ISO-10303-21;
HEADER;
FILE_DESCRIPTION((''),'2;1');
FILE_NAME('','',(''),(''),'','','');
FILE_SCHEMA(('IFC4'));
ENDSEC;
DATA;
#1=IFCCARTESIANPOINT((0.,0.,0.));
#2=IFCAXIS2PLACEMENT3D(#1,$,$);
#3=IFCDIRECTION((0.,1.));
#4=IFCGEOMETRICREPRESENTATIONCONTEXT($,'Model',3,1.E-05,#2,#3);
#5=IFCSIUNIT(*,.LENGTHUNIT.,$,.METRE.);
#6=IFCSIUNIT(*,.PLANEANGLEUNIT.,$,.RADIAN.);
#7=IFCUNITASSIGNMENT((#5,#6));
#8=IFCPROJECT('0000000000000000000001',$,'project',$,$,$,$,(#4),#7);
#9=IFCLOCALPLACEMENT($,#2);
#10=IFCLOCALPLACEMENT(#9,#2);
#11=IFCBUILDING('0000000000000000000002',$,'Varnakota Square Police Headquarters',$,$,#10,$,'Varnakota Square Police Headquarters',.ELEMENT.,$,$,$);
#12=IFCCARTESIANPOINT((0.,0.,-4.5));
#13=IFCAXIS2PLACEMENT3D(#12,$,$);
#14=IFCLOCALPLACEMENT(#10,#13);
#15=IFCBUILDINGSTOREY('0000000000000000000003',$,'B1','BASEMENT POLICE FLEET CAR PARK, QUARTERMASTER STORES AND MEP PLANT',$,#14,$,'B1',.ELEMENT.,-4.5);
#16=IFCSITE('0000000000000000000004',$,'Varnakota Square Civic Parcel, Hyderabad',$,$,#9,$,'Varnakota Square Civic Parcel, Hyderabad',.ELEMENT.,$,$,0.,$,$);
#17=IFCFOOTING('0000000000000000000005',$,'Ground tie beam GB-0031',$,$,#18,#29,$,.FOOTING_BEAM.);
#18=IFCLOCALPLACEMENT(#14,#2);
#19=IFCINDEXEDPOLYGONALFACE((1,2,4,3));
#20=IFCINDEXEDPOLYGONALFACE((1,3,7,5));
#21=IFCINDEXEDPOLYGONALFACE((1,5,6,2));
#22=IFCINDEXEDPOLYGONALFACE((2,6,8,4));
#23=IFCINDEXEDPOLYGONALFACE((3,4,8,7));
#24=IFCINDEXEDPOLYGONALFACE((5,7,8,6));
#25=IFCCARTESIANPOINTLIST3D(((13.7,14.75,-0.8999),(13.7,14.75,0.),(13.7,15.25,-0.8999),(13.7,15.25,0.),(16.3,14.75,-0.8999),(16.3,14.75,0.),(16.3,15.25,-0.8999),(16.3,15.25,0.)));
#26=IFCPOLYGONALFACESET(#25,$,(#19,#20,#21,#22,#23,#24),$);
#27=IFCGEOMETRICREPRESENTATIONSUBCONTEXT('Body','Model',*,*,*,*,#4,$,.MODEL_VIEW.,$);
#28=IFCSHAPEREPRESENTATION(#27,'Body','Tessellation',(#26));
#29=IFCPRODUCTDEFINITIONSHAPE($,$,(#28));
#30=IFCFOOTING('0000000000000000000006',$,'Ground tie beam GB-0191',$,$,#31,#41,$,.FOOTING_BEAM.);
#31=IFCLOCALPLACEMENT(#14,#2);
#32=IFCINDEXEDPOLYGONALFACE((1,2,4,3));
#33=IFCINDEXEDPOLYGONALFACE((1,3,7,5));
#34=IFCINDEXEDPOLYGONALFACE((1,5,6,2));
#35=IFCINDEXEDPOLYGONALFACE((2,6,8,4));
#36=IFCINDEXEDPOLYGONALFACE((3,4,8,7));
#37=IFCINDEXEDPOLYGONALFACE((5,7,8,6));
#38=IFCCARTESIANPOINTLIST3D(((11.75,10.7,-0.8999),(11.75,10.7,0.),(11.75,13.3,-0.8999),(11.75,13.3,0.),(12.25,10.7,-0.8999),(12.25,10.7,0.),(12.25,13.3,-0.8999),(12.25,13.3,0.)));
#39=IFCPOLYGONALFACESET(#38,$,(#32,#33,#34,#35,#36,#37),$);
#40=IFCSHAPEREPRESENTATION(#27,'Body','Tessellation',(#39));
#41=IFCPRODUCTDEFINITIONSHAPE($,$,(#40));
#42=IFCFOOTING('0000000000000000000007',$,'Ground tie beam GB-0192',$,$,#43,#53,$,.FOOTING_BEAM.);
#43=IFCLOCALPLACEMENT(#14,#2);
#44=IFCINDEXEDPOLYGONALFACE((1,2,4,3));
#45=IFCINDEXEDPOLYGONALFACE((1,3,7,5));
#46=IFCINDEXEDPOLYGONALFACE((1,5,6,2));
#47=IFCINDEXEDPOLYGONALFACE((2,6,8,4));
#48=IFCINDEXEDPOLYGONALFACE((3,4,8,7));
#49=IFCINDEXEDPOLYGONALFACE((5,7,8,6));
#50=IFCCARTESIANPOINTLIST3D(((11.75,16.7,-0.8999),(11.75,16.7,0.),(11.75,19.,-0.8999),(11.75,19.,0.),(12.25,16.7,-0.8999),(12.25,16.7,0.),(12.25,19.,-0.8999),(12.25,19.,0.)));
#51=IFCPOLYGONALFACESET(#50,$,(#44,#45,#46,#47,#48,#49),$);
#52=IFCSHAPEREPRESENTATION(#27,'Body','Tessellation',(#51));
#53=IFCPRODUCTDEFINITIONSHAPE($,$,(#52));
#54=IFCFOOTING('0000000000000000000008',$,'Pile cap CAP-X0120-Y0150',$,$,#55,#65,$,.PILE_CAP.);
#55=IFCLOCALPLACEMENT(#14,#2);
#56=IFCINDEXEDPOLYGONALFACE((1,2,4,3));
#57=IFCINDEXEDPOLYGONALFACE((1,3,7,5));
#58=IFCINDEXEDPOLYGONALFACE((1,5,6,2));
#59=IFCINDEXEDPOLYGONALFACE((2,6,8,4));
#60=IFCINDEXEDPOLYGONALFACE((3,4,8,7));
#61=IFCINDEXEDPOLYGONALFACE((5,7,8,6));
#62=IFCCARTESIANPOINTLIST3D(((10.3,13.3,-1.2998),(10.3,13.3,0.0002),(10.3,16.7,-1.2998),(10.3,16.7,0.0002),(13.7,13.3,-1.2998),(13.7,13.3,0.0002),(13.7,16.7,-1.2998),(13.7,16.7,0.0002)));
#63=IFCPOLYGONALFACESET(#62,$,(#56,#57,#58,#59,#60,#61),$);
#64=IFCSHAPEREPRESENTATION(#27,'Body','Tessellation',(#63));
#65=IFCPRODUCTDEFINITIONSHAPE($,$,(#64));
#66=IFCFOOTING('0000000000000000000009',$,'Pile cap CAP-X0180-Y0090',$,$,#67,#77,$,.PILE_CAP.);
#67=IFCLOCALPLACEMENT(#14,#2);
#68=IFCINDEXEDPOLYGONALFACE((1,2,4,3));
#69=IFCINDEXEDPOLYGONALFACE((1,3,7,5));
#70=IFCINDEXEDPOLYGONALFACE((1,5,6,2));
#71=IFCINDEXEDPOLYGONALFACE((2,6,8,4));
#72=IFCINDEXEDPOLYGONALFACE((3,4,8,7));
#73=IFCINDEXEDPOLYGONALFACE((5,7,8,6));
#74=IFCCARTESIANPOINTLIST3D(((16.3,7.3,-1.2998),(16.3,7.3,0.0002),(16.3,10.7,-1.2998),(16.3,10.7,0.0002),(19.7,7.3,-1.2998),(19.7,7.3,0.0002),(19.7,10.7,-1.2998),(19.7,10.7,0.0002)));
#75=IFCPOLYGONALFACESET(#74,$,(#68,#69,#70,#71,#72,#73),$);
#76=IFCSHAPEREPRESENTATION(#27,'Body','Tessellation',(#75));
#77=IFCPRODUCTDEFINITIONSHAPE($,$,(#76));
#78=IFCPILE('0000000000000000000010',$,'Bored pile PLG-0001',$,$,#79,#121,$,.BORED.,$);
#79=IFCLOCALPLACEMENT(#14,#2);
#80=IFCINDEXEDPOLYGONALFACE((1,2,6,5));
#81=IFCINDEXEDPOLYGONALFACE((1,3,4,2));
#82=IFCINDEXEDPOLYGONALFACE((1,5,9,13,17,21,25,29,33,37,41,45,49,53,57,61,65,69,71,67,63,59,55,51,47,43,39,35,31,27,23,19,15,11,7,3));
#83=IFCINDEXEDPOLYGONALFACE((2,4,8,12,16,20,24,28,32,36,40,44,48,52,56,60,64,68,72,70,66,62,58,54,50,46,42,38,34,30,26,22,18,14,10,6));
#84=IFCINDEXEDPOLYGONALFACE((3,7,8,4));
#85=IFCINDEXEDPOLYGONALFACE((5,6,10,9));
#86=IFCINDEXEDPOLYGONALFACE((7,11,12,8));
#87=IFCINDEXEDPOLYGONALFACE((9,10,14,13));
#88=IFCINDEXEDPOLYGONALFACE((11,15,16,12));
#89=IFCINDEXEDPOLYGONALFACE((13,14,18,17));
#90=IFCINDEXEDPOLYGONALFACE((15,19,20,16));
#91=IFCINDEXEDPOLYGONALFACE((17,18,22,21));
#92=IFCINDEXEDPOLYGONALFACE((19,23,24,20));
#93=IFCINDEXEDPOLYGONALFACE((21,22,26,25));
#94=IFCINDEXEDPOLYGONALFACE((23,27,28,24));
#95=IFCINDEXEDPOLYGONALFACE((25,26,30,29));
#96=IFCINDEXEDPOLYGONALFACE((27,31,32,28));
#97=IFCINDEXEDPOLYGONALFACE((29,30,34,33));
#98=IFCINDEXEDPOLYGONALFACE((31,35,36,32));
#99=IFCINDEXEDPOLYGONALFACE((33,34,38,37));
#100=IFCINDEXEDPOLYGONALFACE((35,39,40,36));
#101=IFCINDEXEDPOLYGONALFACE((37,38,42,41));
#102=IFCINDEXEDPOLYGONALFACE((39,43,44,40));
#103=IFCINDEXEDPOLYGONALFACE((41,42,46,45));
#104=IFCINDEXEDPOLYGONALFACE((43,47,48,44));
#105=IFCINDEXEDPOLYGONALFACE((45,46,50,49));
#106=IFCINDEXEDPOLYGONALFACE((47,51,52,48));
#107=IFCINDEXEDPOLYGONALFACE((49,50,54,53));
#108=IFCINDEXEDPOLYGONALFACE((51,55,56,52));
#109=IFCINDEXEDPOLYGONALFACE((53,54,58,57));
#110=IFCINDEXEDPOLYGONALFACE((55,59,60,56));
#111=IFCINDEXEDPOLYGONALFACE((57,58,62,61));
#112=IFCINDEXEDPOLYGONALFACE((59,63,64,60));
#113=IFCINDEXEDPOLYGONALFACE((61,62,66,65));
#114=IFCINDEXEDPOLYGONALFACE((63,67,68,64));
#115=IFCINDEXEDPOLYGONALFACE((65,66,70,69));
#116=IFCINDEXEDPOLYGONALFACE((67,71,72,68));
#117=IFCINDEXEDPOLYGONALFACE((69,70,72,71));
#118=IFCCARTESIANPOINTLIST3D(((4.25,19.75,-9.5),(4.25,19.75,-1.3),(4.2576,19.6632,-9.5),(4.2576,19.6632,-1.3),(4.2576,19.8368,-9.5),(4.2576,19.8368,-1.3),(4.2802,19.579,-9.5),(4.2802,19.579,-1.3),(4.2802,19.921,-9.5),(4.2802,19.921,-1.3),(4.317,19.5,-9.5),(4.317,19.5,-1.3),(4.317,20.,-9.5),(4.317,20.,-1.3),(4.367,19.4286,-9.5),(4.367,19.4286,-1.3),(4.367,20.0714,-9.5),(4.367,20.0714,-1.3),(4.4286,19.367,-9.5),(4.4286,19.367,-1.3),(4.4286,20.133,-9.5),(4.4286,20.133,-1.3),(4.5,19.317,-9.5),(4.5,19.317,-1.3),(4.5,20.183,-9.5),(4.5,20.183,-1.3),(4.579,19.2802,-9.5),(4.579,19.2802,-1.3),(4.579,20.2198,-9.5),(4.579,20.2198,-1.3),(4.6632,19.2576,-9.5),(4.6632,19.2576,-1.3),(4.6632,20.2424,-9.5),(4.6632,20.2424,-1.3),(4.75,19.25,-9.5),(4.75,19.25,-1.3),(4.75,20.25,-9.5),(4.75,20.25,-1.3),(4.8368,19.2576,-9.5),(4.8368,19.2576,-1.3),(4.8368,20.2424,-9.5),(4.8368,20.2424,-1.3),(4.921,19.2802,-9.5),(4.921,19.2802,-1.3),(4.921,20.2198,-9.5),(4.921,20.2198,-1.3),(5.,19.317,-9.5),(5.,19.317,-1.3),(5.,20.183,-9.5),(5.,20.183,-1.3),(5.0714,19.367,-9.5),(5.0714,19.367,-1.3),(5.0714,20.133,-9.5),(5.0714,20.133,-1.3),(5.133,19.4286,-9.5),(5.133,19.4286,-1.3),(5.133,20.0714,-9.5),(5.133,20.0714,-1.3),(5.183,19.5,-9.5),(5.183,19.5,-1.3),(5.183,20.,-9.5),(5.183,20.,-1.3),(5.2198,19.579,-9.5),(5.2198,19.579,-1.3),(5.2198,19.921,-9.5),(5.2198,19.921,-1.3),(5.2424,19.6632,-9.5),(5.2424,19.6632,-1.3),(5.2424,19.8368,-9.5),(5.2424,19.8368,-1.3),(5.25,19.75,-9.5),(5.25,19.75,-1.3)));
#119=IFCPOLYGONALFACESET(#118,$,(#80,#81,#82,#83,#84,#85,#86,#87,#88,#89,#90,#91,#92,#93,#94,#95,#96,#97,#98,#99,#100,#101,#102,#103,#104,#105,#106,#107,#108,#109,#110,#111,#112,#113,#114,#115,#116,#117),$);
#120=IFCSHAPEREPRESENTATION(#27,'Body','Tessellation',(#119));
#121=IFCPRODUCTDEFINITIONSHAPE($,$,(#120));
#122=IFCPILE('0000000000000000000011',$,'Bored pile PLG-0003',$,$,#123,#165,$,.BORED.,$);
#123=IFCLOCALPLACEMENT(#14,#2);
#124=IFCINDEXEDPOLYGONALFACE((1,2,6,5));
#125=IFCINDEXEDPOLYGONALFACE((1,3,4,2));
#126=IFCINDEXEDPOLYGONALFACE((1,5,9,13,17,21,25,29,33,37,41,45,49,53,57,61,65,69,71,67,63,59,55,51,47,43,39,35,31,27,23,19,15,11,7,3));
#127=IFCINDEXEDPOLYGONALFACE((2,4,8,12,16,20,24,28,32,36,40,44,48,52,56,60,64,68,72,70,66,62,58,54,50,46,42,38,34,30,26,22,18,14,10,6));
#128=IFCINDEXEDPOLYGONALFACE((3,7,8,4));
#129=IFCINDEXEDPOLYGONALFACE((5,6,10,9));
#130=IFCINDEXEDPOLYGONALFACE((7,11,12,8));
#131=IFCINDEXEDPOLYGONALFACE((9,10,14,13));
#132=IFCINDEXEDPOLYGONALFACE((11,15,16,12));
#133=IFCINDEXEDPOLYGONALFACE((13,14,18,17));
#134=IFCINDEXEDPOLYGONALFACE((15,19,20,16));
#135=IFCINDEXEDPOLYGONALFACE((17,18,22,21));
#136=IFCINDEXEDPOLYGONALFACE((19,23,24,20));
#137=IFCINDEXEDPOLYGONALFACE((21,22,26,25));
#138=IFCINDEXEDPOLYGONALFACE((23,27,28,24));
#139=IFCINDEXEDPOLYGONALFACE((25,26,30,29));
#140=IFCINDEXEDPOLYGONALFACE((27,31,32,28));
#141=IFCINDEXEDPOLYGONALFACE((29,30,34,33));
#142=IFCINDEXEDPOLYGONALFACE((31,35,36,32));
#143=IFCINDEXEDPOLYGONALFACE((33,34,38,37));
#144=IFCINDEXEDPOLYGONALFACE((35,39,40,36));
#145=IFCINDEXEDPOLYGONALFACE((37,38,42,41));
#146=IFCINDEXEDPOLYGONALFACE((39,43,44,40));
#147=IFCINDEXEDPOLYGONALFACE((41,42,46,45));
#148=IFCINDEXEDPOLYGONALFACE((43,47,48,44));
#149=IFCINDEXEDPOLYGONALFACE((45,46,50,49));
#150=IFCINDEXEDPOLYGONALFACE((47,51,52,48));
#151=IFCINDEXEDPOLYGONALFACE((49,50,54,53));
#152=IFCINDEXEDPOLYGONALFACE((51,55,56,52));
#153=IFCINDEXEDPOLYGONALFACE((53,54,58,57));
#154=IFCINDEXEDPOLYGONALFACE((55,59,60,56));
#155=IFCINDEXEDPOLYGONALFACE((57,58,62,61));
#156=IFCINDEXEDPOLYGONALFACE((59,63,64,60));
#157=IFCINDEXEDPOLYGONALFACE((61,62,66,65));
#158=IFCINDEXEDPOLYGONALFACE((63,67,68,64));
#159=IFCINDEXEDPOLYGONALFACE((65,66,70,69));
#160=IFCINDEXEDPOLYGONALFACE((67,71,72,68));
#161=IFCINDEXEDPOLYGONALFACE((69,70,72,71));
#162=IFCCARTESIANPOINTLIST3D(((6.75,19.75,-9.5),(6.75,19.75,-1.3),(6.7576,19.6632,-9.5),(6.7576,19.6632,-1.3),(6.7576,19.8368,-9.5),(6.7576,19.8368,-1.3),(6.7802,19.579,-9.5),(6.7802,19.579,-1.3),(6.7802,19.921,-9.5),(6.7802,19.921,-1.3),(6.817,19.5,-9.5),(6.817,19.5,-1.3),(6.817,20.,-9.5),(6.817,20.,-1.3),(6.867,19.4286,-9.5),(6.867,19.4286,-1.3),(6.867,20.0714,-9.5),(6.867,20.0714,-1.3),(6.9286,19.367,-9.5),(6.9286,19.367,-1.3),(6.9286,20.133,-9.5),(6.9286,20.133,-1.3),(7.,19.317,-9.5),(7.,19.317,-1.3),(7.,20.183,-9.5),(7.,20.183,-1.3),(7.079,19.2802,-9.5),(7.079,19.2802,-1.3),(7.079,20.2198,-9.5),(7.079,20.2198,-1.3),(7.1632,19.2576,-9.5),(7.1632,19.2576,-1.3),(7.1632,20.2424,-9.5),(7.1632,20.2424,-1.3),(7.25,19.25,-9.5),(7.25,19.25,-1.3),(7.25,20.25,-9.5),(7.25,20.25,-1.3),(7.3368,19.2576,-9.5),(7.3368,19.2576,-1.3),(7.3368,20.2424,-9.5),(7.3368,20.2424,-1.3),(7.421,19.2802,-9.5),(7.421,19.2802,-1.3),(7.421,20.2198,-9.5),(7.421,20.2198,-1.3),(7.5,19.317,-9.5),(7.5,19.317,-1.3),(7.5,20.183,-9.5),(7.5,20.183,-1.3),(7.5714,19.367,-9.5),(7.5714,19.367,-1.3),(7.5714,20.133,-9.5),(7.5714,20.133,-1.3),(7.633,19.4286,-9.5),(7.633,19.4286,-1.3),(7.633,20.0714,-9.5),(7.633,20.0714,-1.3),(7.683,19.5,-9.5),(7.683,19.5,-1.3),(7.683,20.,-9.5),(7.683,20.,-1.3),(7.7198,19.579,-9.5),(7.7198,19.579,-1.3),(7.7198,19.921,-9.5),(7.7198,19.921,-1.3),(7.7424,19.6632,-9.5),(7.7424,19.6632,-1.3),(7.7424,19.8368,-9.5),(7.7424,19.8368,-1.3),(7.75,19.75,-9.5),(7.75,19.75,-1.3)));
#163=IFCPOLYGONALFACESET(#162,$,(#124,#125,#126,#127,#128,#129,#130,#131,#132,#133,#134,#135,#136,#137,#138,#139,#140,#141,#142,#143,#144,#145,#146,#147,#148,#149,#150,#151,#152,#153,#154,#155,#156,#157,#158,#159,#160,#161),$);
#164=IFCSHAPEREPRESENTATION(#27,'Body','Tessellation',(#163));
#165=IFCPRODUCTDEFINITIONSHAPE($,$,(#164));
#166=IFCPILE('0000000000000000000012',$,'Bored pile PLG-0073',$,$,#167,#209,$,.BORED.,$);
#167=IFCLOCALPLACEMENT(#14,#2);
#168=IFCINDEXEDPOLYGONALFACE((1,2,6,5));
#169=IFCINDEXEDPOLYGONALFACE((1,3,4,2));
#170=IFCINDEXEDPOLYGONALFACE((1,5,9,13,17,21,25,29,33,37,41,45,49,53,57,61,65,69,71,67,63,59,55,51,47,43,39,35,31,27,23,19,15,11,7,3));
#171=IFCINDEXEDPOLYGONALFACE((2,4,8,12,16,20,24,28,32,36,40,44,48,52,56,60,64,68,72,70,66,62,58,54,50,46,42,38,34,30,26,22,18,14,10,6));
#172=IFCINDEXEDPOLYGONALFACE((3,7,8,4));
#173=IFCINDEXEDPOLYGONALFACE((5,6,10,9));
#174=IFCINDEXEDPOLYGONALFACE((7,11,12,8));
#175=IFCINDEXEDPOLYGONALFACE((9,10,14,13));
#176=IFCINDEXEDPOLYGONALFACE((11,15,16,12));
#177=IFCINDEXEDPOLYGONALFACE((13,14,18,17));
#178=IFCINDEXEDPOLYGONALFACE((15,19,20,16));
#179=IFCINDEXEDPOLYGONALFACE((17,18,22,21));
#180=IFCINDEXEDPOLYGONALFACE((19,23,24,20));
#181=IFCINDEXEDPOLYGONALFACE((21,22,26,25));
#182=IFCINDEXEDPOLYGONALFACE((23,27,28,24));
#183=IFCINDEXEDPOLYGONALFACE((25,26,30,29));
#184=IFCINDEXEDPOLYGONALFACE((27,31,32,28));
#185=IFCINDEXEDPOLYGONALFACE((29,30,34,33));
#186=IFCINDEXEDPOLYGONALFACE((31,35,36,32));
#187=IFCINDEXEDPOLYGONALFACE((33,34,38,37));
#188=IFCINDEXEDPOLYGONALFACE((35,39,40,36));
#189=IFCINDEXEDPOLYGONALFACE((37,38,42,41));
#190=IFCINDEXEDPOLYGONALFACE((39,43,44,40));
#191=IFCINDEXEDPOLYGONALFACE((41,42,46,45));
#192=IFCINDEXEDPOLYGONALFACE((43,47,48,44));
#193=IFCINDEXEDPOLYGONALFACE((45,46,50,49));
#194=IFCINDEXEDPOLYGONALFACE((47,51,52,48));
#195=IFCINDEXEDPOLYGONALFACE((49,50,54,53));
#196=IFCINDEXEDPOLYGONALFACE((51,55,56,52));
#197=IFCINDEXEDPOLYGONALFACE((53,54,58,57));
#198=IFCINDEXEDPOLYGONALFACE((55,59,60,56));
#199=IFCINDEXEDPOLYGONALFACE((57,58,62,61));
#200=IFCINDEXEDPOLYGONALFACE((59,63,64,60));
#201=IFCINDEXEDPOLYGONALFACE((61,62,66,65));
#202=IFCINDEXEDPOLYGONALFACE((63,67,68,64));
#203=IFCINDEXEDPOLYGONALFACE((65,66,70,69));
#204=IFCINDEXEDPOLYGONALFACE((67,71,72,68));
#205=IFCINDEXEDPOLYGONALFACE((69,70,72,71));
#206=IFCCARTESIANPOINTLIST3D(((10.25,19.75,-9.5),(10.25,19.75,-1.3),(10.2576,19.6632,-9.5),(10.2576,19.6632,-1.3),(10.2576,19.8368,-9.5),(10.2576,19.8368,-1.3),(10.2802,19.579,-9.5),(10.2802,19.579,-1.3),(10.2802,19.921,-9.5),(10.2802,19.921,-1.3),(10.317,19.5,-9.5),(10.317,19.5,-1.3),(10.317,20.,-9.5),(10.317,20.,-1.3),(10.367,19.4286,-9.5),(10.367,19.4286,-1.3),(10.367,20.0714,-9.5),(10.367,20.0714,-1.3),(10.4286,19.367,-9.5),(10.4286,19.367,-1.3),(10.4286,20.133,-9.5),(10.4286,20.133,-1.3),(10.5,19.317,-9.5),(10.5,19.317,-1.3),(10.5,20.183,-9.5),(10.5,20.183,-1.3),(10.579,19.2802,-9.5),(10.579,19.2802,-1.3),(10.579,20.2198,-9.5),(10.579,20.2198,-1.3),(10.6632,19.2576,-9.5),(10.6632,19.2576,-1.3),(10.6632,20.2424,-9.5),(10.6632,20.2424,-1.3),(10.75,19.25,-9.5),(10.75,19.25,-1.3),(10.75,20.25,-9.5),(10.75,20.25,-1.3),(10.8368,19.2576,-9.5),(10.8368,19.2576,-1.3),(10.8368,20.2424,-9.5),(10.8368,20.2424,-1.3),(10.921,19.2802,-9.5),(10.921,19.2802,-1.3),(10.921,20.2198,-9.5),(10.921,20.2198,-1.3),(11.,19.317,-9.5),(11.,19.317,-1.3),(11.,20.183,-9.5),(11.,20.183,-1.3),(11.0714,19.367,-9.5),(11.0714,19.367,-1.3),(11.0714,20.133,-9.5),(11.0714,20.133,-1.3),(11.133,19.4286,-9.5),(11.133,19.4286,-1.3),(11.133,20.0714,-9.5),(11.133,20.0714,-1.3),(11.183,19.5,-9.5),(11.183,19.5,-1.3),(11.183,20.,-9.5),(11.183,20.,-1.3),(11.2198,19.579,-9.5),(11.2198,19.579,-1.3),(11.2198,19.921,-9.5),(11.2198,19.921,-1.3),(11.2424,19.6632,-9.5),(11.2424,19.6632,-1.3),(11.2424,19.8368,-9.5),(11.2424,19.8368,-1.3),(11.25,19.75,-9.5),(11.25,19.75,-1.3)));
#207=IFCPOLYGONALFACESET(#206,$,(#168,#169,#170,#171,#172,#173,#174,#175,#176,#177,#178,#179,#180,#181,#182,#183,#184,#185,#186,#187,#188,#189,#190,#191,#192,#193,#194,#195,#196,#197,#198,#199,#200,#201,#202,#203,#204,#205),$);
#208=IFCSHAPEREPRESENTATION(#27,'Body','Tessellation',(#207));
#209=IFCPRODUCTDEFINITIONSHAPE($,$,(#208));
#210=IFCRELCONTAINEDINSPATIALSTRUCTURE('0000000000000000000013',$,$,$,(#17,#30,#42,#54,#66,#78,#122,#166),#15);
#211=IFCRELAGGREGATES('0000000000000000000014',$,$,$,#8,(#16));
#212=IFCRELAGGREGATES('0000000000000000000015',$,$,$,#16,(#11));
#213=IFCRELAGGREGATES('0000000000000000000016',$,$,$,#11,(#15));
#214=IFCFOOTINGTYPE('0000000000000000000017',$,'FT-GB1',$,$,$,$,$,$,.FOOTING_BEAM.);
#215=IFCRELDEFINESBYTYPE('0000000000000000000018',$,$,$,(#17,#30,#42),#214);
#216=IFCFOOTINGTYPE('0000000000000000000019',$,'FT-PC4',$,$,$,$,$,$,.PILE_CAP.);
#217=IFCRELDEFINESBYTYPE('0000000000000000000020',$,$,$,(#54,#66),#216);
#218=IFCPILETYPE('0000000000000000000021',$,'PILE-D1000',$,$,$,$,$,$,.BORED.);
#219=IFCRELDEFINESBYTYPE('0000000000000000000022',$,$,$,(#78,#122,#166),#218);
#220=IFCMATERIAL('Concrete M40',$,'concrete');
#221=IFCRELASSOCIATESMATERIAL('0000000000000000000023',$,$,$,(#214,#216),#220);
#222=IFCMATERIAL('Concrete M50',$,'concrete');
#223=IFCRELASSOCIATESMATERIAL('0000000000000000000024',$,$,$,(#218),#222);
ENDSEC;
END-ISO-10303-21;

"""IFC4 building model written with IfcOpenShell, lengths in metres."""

from ifc_helpers import new_model, si_unit, direction, frame, origin, origin_2d, place, context, subcontext, project, spatial, rectangle, circle, extrude, material, material_profile, profile_set, type_object, element, save


model = new_model("IFC4")

# Units and contexts
model_context = context("Model", 3, precision=1e-05, world=origin(), true_north=direction((0.0, 1.0)))
body_context = subcontext(model_context, "Body", "Model", "MODEL_VIEW")
ifc_project = project(units=[si_unit("LENGTHUNIT", "METRE"), si_unit("PLANEANGLEUNIT", "RADIAN")], contexts=[model_context])

# Site, building, storey
site_placement = place(None, origin())
site = spatial("IfcSite", under=ifc_project, at=site_placement, Name="Varnakota Square Civic Parcel, Hyderabad", LongName="Varnakota Square Civic Parcel, Hyderabad", CompositionType="ELEMENT", RefElevation=0.0)
building_placement = place(site_placement, origin())
building = spatial("IfcBuilding", under=site, at=building_placement, Name="Varnakota Square Police Headquarters", LongName="Varnakota Square Police Headquarters", CompositionType="ELEMENT")
storey_placement = place(building_placement, frame((0.0, 0.0, -4.5)))
storey = spatial("IfcBuildingStorey", under=building, at=storey_placement, Name="B1", Description="BASEMENT POLICE FLEET CAR PARK, QUARTERMASTER STORES AND MEP PLANT", LongName="B1", CompositionType="ELEMENT", Elevation=-4.5)

# Footings
ifc_material_1 = material(Name="Concrete M40", Category="concrete")
ifc_material_profile_1 = material_profile(ifc_material_1, rectangle(XDim=0.5, YDim=0.8999, at=origin_2d()), Name="GB 500x900")
ifc_profile_set_1 = profile_set([ifc_material_profile_1], Name="Concrete M40")
footing_type_1 = type_object("IfcFootingType", Name="FT-GB1", PredefinedType="FOOTING_BEAM", material=ifc_profile_set_1)
for number, where, z_axis, x_axis, name in (
    (1, (13.7, 15.0, -0.45), (1.0, 0.0, 0.0), (0.0, 1.0, 0.0), "Ground tie beam GB-0031"),
    (2, (12.0, 10.7, -0.45), (0.0, 1.0, 0.0), (-1.0, 0.0, 0.0), "Ground tie beam GB-0191"),
):
    element("IfcFooting", number, at=place(storey_placement, frame(where, z_axis=z_axis, x_axis=x_axis)), inside=storey, type_object=footing_type_1, Name=name, PredefinedType="FOOTING_BEAM", context=body_context, shape_type="SweptSolid", body=[
        extrude(rectangle(XDim=0.5, YDim=0.8999, at=origin_2d()), origin(), (0.0, 0.0, 1.0), 2.6001),
    ])
footing_placement = place(storey_placement, frame((12.0, 16.7, -0.45), z_axis=(0.0, 1.0, 0.0), x_axis=(-1.0, 0.0, 0.0)))
element("IfcFooting", 3, at=footing_placement, inside=storey, type_object=footing_type_1, Name="Ground tie beam GB-0192", PredefinedType="FOOTING_BEAM", context=body_context, shape_type="SweptSolid", body=[
    extrude(rectangle(XDim=0.5, YDim=0.8999, at=origin_2d()), origin(), (0.0, 0.0, 1.0), 2.3),
])
footing_type_2 = type_object("IfcFootingType", Name="FT-PC4", PredefinedType="PILE_CAP", material=ifc_material_1)
for number, where, z_axis, x_axis, name in (
    (4, (12.0, 15.0, -1.2998), (0.0, 0.0, 1.0), (1.0, 0.0, 0.0), "Pile cap CAP-X0120-Y0150"),
    (5, (18.0, 9.0, -1.2998), (0.0, 0.0, 1.0), (1.0, 0.0, 0.0), "Pile cap CAP-X0180-Y0090"),
):
    element("IfcFooting", number, at=place(storey_placement, frame(where, z_axis=z_axis, x_axis=x_axis)), inside=storey, type_object=footing_type_2, Name=name, PredefinedType="PILE_CAP", context=body_context, shape_type="SweptSolid", body=[
        extrude(rectangle(XDim=3.3999, YDim=3.3999, at=origin_2d()), origin(), (0.0, 0.0, 1.0), 1.3),
    ])

# Piles
ifc_material_2 = material(Name="Concrete M50", Category="concrete")
ifc_material_profile_2 = material_profile(ifc_material_2, circle(Radius=0.5, at=origin_2d()), Name="BORED PILE 1000")
ifc_profile_set_2 = profile_set([ifc_material_profile_2], Name="Concrete M50")
pile_type_1 = type_object("IfcPileType", Name="PILE-D1000", PredefinedType="BORED", material=ifc_profile_set_2)
for number, where, z_axis, x_axis, name in (
    (6, (4.75, 19.75, -1.3), (0.0, 0.0, -1.0), (1.0, 0.0, 0.0), "Bored pile PLG-0001"),
    (7, (7.25, 19.75, -1.3), (0.0, 0.0, -1.0), (1.0, 0.0, 0.0), "Bored pile PLG-0003"),
    (8, (10.75, 19.75, -1.3), (0.0, 0.0, -1.0), (1.0, 0.0, 0.0), "Bored pile PLG-0073"),
):
    element("IfcPile", number, at=place(storey_placement, frame(where, z_axis=z_axis, x_axis=x_axis)), inside=storey, type_object=pile_type_1, Name=name, PredefinedType="BORED", context=body_context, shape_type="SweptSolid", body=[
        extrude(circle(Radius=0.5, at=origin_2d()), origin(), (0.0, 0.0, 1.0), 8.2),
    ])

save(model, "model.ifc")
